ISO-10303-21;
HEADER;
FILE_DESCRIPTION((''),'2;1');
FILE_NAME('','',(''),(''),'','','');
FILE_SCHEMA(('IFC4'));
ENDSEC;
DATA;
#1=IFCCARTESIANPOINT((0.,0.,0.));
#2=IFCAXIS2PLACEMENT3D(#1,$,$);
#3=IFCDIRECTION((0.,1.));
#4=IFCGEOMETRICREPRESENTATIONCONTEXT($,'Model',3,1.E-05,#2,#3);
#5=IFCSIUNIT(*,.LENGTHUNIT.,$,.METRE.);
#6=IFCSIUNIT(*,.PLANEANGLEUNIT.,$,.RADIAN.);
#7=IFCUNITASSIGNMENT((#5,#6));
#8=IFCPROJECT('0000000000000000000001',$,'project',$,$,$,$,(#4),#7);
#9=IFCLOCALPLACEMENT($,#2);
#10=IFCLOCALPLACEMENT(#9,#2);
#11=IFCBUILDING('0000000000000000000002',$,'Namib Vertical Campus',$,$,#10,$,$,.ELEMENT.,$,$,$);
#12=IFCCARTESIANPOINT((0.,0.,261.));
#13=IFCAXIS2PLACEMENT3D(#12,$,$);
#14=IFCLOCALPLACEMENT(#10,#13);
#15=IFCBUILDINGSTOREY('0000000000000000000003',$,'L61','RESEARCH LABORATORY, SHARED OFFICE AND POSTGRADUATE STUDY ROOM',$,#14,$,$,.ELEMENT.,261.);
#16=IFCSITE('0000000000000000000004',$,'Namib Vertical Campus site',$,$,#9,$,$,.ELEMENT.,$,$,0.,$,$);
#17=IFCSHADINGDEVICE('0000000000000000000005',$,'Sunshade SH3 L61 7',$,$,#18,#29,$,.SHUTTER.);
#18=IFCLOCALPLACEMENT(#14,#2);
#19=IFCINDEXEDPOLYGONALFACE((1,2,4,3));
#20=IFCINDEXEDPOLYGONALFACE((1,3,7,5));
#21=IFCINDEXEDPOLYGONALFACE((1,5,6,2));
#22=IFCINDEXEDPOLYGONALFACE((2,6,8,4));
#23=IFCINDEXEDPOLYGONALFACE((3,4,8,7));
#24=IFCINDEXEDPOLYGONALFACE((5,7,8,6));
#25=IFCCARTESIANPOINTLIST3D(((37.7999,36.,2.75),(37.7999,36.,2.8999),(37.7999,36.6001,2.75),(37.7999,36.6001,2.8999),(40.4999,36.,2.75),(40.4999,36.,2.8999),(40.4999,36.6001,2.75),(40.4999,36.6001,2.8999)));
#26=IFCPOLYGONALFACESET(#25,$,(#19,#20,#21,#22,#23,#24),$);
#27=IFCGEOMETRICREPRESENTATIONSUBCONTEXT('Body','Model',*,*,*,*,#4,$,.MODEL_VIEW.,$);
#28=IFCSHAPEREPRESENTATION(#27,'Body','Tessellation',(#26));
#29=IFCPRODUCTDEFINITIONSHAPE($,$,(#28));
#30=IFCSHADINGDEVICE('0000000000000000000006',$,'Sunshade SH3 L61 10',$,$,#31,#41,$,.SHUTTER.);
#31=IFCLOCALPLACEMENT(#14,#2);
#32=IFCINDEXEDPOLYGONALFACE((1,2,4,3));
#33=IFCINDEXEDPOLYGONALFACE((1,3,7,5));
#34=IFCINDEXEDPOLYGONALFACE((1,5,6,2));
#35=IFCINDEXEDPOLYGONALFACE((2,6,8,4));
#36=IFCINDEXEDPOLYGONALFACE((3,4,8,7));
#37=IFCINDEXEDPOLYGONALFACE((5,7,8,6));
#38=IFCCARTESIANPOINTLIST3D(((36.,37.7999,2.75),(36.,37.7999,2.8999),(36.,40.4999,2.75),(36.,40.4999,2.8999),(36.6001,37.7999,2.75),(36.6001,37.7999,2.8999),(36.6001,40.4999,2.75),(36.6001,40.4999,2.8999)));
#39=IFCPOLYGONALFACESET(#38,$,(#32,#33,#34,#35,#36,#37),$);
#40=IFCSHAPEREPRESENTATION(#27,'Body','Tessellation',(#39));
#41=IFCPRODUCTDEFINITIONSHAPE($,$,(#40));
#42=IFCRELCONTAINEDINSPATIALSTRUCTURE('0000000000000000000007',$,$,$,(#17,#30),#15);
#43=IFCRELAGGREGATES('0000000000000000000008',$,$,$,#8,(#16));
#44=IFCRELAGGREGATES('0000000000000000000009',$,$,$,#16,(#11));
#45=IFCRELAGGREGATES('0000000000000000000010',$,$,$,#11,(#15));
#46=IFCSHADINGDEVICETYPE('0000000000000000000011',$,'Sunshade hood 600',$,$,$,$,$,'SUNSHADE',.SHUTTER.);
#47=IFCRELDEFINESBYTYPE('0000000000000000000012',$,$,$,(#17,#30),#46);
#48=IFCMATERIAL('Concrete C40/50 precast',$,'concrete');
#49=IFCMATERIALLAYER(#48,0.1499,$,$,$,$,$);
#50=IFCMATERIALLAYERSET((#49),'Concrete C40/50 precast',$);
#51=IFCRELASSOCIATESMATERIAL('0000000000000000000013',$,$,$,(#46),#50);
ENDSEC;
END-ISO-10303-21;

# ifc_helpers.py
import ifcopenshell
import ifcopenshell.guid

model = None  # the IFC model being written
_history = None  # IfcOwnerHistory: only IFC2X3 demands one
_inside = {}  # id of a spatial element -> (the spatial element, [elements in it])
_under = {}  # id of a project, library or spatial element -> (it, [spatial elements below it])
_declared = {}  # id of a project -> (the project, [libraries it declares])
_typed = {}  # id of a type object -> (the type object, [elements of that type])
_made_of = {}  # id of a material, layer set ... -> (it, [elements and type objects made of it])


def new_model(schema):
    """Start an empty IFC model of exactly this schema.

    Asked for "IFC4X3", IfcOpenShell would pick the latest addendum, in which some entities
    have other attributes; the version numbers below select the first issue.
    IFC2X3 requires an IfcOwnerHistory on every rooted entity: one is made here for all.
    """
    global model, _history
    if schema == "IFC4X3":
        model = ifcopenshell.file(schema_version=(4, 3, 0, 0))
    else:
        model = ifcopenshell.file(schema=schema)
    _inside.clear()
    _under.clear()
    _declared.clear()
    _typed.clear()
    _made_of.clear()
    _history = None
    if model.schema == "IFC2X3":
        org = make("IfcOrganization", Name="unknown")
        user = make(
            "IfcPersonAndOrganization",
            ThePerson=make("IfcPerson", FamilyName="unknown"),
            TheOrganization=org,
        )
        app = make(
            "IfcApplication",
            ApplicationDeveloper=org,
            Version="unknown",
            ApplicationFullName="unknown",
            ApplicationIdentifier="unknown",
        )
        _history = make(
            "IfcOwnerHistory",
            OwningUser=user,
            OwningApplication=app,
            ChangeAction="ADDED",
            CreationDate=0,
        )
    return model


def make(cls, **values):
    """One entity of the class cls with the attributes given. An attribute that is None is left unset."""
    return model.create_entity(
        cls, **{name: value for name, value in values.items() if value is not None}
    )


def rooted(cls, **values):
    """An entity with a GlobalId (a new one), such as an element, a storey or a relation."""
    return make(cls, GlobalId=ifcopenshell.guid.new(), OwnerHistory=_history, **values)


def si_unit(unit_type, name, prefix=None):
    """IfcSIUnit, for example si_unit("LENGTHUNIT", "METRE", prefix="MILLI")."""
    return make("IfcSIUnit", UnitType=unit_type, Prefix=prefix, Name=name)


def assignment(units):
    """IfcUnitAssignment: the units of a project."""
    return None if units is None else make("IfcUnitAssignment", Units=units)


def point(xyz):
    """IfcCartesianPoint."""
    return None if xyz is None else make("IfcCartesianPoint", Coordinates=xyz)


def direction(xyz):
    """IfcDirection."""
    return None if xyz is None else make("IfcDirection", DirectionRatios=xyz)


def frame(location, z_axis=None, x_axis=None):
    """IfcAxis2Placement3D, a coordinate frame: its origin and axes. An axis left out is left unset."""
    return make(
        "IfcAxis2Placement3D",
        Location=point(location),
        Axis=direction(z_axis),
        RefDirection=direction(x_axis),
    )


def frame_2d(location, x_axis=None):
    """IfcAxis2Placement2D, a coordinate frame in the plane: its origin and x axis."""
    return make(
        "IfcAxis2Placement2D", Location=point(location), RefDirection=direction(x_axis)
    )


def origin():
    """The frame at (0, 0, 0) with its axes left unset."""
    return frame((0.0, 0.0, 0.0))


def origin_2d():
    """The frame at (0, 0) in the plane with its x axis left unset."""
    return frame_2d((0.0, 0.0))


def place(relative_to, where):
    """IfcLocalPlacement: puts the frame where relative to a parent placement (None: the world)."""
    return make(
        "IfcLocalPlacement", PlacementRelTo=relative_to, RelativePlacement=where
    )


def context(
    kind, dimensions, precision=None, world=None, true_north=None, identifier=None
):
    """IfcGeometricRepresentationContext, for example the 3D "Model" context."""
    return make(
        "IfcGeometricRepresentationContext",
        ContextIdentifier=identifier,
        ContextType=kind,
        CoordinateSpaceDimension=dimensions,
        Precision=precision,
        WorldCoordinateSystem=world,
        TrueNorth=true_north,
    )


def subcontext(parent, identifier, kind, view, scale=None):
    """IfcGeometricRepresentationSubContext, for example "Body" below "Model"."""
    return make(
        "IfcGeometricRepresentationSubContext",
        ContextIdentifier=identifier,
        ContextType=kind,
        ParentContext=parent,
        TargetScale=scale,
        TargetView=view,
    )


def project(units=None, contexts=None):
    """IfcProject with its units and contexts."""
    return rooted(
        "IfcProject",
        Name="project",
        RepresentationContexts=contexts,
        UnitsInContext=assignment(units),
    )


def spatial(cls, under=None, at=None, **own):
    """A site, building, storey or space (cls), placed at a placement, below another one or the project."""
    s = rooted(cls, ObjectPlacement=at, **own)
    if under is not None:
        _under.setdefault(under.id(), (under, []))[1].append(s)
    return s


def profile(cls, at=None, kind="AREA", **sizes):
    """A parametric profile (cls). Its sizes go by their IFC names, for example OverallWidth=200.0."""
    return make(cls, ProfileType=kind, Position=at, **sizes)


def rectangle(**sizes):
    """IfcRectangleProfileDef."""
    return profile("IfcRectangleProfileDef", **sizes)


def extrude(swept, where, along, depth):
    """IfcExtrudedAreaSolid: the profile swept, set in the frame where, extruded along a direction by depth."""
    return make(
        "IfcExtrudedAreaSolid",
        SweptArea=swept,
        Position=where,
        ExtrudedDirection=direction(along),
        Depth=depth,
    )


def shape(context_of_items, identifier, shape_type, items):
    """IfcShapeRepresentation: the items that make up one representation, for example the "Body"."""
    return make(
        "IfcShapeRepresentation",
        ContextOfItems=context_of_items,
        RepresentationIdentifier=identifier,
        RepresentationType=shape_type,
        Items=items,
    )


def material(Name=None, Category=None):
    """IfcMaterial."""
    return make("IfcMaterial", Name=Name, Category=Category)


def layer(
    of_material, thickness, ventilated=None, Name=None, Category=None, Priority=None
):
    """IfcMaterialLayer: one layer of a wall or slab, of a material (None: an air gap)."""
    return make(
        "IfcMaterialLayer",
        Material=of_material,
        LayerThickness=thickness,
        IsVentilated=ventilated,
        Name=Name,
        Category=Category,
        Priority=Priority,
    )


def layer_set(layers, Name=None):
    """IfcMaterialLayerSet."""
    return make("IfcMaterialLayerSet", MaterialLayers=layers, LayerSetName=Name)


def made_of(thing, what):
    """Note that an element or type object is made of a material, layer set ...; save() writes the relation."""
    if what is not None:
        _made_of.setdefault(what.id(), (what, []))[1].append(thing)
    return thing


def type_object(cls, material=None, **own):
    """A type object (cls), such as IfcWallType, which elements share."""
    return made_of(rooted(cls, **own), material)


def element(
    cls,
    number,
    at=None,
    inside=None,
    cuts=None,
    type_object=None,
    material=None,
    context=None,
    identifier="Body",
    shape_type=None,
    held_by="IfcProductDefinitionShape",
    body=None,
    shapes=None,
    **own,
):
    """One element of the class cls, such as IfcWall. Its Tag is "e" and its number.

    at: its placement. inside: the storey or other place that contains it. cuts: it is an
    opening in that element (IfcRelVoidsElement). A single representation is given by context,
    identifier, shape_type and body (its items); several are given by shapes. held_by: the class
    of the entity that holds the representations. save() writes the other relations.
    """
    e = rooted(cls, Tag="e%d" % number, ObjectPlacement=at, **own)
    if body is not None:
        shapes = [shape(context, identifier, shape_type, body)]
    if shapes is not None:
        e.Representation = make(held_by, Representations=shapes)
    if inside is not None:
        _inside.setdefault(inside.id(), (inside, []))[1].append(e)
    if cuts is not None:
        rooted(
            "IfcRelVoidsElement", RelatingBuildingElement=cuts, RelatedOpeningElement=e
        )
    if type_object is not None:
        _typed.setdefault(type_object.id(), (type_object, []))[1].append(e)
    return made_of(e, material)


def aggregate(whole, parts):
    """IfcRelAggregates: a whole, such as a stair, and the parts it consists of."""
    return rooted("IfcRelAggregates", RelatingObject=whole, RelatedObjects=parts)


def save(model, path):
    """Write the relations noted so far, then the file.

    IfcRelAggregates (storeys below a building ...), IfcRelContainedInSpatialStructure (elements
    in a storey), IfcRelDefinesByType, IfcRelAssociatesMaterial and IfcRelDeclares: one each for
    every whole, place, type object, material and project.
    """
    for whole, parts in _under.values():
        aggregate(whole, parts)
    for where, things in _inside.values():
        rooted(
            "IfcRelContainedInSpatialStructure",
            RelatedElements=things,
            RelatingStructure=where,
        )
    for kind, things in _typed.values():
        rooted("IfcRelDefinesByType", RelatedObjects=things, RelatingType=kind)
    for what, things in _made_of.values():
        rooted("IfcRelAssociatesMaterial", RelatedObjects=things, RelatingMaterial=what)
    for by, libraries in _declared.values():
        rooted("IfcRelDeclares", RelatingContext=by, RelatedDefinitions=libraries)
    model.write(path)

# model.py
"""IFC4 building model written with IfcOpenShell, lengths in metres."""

from ifc_helpers import new_model, si_unit, direction, frame, origin, origin_2d, place, context, subcontext, project, spatial, rectangle, extrude, material, layer, layer_set, type_object, element, save


model = new_model("IFC4")

# Units and contexts
model_context = context("Model", 3, precision=1e-05, world=origin(), true_north=direction((0.0, 1.0)))
body_context = subcontext(model_context, "Body", "Model", "MODEL_VIEW")
ifc_project = project(units=[si_unit("LENGTHUNIT", "METRE"), si_unit("PLANEANGLEUNIT", "RADIAN")], contexts=[model_context])

# Site, building, storey
site_placement = place(None, origin())
site = spatial("IfcSite", under=ifc_project, at=site_placement, Name="Namib Vertical Campus site", CompositionType="ELEMENT", RefElevation=0.0)
building_placement = place(site_placement, origin())
building = spatial("IfcBuilding", under=site, at=building_placement, Name="Namib Vertical Campus", CompositionType="ELEMENT")
storey_placement = place(building_placement, frame((0.0, 0.0, 261.0)))
storey = spatial("IfcBuildingStorey", under=building, at=storey_placement, Name="L61", Description="RESEARCH LABORATORY, SHARED OFFICE AND POSTGRADUATE STUDY ROOM", CompositionType="ELEMENT", Elevation=261.0)

# Shading devices
ifc_material_1 = material(Name="Concrete C40/50 precast", Category="concrete")
ifc_layer_1 = layer(ifc_material_1, 0.1499)
ifc_layer_set_1 = layer_set([ifc_layer_1], Name="Concrete C40/50 precast")
shading_device_type = type_object("IfcShadingDeviceType", Name="Sunshade hood 600", ElementType="SUNSHADE", PredefinedType="SHUTTER", material=ifc_layer_set_1)
for number, where, z_axis, x_axis, name in (
    (1, (39.1499, 36.3, 2.75), (0.0, 0.0, 1.0), (-1.0, 0.0, 0.0), "Sunshade SH3 L61 7"),
    (2, (36.3, 39.1499, 2.75), (0.0, 0.0, 1.0), (0.0, 1.0, 0.0), "Sunshade SH3 L61 10"),
):
    element("IfcShadingDevice", number, at=place(storey_placement, frame(where, z_axis=z_axis, x_axis=x_axis)), inside=storey, type_object=shading_device_type, Name=name, PredefinedType="SHUTTER", context=body_context, shape_type="SweptSolid", body=[
        extrude(rectangle(XDim=2.7, YDim=0.6001, at=origin_2d()), origin(), (0.0, 0.0, 1.0), 0.1499),
    ])

save(model, "model.ifc")
